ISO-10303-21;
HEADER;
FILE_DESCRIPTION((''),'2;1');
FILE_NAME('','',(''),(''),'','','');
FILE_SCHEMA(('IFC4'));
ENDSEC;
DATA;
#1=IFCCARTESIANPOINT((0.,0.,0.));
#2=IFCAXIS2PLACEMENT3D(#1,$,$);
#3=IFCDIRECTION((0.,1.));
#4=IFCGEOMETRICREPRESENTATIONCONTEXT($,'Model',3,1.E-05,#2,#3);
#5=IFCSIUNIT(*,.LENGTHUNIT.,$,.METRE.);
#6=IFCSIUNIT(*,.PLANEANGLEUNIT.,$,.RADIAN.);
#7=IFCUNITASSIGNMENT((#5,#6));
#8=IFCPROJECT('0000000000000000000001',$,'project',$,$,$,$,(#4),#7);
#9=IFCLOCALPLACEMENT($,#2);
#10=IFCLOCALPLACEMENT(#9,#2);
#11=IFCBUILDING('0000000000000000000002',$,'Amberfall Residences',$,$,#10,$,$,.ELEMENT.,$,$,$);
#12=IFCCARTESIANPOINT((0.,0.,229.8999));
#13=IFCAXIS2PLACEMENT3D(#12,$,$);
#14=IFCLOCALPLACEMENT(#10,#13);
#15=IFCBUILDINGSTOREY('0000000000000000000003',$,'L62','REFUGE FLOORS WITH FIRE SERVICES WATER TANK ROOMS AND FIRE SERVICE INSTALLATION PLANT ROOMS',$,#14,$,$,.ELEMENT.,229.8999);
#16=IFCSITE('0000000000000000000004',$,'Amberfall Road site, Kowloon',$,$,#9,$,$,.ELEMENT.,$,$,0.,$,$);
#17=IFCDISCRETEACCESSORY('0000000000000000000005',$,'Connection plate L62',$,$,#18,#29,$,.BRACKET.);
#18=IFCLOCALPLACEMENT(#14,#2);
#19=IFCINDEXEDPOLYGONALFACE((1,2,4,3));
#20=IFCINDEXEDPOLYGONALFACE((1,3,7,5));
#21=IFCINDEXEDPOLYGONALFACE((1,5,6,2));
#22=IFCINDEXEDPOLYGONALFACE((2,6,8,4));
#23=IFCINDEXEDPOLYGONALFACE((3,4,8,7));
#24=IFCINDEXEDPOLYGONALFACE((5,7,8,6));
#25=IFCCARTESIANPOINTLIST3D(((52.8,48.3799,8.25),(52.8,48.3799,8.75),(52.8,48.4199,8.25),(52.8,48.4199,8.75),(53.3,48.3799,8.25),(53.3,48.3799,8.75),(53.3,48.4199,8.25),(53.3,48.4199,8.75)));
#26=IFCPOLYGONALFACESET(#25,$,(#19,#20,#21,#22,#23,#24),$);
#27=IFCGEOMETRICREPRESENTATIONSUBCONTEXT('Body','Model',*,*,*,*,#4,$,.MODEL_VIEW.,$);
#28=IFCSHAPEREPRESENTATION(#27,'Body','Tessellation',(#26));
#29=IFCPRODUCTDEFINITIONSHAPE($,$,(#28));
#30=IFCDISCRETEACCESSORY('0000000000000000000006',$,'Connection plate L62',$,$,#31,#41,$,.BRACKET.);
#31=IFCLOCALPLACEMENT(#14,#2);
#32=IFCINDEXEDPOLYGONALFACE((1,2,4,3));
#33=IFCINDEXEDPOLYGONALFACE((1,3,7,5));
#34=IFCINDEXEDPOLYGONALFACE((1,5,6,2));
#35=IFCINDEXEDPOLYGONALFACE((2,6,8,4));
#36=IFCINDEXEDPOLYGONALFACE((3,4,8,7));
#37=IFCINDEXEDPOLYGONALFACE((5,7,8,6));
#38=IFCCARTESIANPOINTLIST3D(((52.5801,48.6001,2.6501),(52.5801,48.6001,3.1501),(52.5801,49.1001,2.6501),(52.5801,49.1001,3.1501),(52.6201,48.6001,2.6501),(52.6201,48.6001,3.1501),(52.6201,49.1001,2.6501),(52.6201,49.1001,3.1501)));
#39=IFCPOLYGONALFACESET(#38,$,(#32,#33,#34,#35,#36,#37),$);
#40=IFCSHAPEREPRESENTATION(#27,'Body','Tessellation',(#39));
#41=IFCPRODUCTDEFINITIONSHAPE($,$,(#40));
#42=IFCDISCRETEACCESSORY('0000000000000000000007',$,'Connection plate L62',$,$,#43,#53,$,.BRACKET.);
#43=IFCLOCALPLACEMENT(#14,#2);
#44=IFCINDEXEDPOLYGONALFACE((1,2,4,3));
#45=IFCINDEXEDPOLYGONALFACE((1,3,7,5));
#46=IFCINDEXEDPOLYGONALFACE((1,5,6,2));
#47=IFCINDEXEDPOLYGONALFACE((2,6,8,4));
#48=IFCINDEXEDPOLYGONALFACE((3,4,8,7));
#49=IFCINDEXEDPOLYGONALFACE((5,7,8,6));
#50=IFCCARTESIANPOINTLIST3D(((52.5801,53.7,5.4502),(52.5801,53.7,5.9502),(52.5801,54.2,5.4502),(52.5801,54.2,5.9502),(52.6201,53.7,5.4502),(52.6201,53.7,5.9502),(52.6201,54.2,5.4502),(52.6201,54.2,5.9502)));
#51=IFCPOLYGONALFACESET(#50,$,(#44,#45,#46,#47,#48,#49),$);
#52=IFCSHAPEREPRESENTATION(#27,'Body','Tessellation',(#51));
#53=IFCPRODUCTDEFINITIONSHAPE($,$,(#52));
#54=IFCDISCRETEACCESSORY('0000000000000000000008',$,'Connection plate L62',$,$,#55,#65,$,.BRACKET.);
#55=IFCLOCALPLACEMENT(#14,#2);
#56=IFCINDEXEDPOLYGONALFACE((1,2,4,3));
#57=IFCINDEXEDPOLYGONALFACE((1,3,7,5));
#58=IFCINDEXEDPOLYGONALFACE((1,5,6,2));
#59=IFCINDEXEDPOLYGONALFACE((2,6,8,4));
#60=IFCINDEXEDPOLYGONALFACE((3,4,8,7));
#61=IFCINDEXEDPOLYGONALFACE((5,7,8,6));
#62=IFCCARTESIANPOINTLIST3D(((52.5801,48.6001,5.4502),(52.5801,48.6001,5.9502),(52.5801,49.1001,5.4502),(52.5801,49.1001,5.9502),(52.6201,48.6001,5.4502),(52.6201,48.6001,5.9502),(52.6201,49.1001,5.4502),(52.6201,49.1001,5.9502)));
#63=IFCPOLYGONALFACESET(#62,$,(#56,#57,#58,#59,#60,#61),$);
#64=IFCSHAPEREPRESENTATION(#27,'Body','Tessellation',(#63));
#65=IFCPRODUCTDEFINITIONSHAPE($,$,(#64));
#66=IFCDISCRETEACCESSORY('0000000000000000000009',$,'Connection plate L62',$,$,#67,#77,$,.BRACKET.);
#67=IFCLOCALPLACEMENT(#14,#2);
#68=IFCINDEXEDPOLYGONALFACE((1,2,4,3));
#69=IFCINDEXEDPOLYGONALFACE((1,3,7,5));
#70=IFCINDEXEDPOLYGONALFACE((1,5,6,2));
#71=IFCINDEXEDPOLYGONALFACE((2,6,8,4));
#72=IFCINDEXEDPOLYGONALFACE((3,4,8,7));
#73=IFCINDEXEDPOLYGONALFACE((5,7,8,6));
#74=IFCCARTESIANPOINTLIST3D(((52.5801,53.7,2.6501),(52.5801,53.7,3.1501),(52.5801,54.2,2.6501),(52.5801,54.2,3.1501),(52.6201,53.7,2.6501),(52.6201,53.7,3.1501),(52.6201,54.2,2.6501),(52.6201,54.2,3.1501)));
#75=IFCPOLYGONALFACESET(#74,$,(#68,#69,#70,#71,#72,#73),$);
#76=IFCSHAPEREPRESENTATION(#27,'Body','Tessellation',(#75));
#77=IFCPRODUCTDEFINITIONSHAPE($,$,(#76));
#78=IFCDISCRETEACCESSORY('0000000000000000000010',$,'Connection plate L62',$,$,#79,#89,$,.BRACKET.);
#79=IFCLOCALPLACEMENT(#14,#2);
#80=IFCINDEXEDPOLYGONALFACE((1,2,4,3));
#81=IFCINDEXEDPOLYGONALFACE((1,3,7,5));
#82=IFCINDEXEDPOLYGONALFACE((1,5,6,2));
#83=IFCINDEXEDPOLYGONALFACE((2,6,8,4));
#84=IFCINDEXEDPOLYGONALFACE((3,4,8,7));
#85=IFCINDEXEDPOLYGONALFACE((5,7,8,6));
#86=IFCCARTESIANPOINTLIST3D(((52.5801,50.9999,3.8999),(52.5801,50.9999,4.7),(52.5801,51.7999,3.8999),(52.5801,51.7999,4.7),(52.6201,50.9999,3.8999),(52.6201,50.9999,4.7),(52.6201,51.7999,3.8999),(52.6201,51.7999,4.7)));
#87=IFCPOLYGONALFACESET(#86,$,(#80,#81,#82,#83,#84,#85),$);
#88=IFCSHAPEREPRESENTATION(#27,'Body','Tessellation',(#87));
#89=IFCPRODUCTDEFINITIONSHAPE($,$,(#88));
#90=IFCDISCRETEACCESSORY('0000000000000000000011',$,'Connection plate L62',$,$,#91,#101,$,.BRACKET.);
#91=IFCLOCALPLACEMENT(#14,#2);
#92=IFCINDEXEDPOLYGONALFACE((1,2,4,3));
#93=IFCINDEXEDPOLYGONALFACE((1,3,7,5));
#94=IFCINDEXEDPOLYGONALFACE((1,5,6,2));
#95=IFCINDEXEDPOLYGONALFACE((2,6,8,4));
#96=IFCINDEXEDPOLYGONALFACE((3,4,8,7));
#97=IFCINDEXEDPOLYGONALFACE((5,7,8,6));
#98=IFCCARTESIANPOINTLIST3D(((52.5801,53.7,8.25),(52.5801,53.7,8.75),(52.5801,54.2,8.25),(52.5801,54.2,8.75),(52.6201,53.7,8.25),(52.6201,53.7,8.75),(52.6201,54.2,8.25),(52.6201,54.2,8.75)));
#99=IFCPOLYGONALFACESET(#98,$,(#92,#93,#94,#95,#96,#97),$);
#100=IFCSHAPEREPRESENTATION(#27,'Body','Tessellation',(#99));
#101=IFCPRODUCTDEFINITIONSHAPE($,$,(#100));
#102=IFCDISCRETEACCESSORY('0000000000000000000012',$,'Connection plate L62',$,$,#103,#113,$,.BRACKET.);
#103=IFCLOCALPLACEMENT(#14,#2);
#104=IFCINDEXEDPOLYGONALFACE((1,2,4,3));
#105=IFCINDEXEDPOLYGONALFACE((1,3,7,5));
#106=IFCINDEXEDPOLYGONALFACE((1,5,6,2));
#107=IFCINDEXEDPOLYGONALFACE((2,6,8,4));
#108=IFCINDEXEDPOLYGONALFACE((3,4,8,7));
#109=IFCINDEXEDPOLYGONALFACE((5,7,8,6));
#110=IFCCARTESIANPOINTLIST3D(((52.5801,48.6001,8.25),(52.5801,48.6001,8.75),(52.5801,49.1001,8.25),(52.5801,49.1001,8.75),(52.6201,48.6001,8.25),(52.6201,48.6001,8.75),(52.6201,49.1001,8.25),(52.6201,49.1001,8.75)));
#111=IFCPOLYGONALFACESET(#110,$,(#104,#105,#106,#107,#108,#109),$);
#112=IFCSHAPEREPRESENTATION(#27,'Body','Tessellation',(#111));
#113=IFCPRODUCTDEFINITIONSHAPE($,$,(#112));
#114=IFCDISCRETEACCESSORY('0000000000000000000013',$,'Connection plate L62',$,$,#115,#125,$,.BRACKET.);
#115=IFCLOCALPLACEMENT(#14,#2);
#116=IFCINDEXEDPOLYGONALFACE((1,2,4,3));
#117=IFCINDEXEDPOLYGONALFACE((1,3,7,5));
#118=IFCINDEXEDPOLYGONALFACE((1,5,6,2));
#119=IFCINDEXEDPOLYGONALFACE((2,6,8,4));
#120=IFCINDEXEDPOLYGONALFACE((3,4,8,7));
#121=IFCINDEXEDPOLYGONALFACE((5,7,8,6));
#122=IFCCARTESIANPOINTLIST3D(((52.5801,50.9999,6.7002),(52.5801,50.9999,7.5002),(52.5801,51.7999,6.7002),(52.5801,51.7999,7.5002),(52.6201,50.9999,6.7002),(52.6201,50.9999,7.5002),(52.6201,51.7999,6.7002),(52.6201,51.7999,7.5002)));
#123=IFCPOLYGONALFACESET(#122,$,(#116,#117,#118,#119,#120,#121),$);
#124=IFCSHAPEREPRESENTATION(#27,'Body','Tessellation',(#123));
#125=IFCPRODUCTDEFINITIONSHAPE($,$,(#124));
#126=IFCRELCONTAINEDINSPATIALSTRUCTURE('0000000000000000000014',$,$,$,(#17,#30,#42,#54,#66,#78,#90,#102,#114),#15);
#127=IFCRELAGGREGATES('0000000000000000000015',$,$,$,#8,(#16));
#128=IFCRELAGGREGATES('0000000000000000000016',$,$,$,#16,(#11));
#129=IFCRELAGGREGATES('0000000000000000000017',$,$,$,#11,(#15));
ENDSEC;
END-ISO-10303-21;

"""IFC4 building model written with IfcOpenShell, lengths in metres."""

from ifc_helpers import new_model, si_unit, direction, frame, origin, origin_2d, place, context, subcontext, project, spatial, rectangle, extrude, element, save


model = new_model("IFC4")

# Units and contexts
model_context = context("Model", 3, precision=1e-05, world=origin(), true_north=direction((0.0, 1.0)))
body_context = subcontext(model_context, "Body", "Model", "MODEL_VIEW")
ifc_project = project(units=[si_unit("LENGTHUNIT", "METRE"), si_unit("PLANEANGLEUNIT", "RADIAN")], contexts=[model_context])

# Site, building, storey
site_placement = place(None, origin())
site = spatial("IfcSite", under=ifc_project, at=site_placement, Name="Amberfall Road site, Kowloon", CompositionType="ELEMENT", RefElevation=0.0)
building_placement = place(site_placement, origin())
building = spatial("IfcBuilding", under=site, at=building_placement, Name="Amberfall Residences", CompositionType="ELEMENT")
storey_placement = place(building_placement, frame((0.0, 0.0, 229.8999)))
storey = spatial("IfcBuildingStorey", under=building, at=storey_placement, Name="L62", Description="REFUGE FLOORS WITH FIRE SERVICES WATER TANK ROOMS AND FIRE SERVICE INSTALLATION PLANT ROOMS", CompositionType="ELEMENT", Elevation=229.8999)

# Discrete accessories
for number, where, z_axis, x_axis, name in (
    (1, (53.05, 48.3999, 8.25), (0.0, 0.0, 1.0), (1.0, 0.0, 0.0), "Connection plate L62"),
    (2, (52.6001, 48.8501, 2.6501), (0.0, 0.0, 1.0), (0.0, 1.0, 0.0), "Connection plate L62"),
    (3, (52.6001, 53.95, 5.4502), (0.0, 0.0, 1.0), (0.0, 1.0, 0.0), "Connection plate L62"),
    (4, (52.6001, 48.8501, 5.4502), (0.0, 0.0, 1.0), (0.0, 1.0, 0.0), "Connection plate L62"),
    (5, (52.6001, 53.95, 2.6501), (0.0, 0.0, 1.0), (0.0, 1.0, 0.0), "Connection plate L62"),
):
    element("IfcDiscreteAccessory", number, at=place(storey_placement, frame(where, z_axis=z_axis, x_axis=x_axis)), inside=storey, Name=name, PredefinedType="BRACKET", context=body_context, shape_type="SweptSolid", body=[
        extrude(rectangle(XDim=0.5, YDim=0.04, at=origin_2d()), origin(), (0.0, 0.0, 1.0), 0.5),
    ])
discrete_accessory_1_placement = place(storey_placement, frame((52.6001, 51.3999, 3.8999), z_axis=(0.0, 0.0, 1.0), x_axis=(0.0, 1.0, 0.0)))
element("IfcDiscreteAccessory", 6, at=discrete_accessory_1_placement, inside=storey, Name="Connection plate L62", PredefinedType="BRACKET", context=body_context, shape_type="SweptSolid", body=[
    extrude(rectangle(XDim=0.8, YDim=0.04, at=origin_2d()), origin(), (0.0, 0.0, 1.0), 0.8),
])
for number, where, z_axis, x_axis, name in (
    (7, (52.6001, 53.95, 8.25), (0.0, 0.0, 1.0), (0.0, 1.0, 0.0), "Connection plate L62"),
    (8, (52.6001, 48.8501, 8.25), (0.0, 0.0, 1.0), (0.0, 1.0, 0.0), "Connection plate L62"),
):
    element("IfcDiscreteAccessory", number, at=place(storey_placement, frame(where, z_axis=z_axis, x_axis=x_axis)), inside=storey, Name=name, PredefinedType="BRACKET", context=body_context, shape_type="SweptSolid", body=[
        extrude(rectangle(XDim=0.5, YDim=0.04, at=origin_2d()), origin(), (0.0, 0.0, 1.0), 0.5),
    ])
discrete_accessory_2_placement = place(storey_placement, frame((52.6001, 51.3999, 6.7002), z_axis=(0.0, 0.0, 1.0), x_axis=(0.0, 1.0, 0.0)))
element("IfcDiscreteAccessory", 9, at=discrete_accessory_2_placement, inside=storey, Name="Connection plate L62", PredefinedType="BRACKET", context=body_context, shape_type="SweptSolid", body=[
    extrude(rectangle(XDim=0.8, YDim=0.04, at=origin_2d()), origin(), (0.0, 0.0, 1.0), 0.8),
])

save(model, "model.ifc")
